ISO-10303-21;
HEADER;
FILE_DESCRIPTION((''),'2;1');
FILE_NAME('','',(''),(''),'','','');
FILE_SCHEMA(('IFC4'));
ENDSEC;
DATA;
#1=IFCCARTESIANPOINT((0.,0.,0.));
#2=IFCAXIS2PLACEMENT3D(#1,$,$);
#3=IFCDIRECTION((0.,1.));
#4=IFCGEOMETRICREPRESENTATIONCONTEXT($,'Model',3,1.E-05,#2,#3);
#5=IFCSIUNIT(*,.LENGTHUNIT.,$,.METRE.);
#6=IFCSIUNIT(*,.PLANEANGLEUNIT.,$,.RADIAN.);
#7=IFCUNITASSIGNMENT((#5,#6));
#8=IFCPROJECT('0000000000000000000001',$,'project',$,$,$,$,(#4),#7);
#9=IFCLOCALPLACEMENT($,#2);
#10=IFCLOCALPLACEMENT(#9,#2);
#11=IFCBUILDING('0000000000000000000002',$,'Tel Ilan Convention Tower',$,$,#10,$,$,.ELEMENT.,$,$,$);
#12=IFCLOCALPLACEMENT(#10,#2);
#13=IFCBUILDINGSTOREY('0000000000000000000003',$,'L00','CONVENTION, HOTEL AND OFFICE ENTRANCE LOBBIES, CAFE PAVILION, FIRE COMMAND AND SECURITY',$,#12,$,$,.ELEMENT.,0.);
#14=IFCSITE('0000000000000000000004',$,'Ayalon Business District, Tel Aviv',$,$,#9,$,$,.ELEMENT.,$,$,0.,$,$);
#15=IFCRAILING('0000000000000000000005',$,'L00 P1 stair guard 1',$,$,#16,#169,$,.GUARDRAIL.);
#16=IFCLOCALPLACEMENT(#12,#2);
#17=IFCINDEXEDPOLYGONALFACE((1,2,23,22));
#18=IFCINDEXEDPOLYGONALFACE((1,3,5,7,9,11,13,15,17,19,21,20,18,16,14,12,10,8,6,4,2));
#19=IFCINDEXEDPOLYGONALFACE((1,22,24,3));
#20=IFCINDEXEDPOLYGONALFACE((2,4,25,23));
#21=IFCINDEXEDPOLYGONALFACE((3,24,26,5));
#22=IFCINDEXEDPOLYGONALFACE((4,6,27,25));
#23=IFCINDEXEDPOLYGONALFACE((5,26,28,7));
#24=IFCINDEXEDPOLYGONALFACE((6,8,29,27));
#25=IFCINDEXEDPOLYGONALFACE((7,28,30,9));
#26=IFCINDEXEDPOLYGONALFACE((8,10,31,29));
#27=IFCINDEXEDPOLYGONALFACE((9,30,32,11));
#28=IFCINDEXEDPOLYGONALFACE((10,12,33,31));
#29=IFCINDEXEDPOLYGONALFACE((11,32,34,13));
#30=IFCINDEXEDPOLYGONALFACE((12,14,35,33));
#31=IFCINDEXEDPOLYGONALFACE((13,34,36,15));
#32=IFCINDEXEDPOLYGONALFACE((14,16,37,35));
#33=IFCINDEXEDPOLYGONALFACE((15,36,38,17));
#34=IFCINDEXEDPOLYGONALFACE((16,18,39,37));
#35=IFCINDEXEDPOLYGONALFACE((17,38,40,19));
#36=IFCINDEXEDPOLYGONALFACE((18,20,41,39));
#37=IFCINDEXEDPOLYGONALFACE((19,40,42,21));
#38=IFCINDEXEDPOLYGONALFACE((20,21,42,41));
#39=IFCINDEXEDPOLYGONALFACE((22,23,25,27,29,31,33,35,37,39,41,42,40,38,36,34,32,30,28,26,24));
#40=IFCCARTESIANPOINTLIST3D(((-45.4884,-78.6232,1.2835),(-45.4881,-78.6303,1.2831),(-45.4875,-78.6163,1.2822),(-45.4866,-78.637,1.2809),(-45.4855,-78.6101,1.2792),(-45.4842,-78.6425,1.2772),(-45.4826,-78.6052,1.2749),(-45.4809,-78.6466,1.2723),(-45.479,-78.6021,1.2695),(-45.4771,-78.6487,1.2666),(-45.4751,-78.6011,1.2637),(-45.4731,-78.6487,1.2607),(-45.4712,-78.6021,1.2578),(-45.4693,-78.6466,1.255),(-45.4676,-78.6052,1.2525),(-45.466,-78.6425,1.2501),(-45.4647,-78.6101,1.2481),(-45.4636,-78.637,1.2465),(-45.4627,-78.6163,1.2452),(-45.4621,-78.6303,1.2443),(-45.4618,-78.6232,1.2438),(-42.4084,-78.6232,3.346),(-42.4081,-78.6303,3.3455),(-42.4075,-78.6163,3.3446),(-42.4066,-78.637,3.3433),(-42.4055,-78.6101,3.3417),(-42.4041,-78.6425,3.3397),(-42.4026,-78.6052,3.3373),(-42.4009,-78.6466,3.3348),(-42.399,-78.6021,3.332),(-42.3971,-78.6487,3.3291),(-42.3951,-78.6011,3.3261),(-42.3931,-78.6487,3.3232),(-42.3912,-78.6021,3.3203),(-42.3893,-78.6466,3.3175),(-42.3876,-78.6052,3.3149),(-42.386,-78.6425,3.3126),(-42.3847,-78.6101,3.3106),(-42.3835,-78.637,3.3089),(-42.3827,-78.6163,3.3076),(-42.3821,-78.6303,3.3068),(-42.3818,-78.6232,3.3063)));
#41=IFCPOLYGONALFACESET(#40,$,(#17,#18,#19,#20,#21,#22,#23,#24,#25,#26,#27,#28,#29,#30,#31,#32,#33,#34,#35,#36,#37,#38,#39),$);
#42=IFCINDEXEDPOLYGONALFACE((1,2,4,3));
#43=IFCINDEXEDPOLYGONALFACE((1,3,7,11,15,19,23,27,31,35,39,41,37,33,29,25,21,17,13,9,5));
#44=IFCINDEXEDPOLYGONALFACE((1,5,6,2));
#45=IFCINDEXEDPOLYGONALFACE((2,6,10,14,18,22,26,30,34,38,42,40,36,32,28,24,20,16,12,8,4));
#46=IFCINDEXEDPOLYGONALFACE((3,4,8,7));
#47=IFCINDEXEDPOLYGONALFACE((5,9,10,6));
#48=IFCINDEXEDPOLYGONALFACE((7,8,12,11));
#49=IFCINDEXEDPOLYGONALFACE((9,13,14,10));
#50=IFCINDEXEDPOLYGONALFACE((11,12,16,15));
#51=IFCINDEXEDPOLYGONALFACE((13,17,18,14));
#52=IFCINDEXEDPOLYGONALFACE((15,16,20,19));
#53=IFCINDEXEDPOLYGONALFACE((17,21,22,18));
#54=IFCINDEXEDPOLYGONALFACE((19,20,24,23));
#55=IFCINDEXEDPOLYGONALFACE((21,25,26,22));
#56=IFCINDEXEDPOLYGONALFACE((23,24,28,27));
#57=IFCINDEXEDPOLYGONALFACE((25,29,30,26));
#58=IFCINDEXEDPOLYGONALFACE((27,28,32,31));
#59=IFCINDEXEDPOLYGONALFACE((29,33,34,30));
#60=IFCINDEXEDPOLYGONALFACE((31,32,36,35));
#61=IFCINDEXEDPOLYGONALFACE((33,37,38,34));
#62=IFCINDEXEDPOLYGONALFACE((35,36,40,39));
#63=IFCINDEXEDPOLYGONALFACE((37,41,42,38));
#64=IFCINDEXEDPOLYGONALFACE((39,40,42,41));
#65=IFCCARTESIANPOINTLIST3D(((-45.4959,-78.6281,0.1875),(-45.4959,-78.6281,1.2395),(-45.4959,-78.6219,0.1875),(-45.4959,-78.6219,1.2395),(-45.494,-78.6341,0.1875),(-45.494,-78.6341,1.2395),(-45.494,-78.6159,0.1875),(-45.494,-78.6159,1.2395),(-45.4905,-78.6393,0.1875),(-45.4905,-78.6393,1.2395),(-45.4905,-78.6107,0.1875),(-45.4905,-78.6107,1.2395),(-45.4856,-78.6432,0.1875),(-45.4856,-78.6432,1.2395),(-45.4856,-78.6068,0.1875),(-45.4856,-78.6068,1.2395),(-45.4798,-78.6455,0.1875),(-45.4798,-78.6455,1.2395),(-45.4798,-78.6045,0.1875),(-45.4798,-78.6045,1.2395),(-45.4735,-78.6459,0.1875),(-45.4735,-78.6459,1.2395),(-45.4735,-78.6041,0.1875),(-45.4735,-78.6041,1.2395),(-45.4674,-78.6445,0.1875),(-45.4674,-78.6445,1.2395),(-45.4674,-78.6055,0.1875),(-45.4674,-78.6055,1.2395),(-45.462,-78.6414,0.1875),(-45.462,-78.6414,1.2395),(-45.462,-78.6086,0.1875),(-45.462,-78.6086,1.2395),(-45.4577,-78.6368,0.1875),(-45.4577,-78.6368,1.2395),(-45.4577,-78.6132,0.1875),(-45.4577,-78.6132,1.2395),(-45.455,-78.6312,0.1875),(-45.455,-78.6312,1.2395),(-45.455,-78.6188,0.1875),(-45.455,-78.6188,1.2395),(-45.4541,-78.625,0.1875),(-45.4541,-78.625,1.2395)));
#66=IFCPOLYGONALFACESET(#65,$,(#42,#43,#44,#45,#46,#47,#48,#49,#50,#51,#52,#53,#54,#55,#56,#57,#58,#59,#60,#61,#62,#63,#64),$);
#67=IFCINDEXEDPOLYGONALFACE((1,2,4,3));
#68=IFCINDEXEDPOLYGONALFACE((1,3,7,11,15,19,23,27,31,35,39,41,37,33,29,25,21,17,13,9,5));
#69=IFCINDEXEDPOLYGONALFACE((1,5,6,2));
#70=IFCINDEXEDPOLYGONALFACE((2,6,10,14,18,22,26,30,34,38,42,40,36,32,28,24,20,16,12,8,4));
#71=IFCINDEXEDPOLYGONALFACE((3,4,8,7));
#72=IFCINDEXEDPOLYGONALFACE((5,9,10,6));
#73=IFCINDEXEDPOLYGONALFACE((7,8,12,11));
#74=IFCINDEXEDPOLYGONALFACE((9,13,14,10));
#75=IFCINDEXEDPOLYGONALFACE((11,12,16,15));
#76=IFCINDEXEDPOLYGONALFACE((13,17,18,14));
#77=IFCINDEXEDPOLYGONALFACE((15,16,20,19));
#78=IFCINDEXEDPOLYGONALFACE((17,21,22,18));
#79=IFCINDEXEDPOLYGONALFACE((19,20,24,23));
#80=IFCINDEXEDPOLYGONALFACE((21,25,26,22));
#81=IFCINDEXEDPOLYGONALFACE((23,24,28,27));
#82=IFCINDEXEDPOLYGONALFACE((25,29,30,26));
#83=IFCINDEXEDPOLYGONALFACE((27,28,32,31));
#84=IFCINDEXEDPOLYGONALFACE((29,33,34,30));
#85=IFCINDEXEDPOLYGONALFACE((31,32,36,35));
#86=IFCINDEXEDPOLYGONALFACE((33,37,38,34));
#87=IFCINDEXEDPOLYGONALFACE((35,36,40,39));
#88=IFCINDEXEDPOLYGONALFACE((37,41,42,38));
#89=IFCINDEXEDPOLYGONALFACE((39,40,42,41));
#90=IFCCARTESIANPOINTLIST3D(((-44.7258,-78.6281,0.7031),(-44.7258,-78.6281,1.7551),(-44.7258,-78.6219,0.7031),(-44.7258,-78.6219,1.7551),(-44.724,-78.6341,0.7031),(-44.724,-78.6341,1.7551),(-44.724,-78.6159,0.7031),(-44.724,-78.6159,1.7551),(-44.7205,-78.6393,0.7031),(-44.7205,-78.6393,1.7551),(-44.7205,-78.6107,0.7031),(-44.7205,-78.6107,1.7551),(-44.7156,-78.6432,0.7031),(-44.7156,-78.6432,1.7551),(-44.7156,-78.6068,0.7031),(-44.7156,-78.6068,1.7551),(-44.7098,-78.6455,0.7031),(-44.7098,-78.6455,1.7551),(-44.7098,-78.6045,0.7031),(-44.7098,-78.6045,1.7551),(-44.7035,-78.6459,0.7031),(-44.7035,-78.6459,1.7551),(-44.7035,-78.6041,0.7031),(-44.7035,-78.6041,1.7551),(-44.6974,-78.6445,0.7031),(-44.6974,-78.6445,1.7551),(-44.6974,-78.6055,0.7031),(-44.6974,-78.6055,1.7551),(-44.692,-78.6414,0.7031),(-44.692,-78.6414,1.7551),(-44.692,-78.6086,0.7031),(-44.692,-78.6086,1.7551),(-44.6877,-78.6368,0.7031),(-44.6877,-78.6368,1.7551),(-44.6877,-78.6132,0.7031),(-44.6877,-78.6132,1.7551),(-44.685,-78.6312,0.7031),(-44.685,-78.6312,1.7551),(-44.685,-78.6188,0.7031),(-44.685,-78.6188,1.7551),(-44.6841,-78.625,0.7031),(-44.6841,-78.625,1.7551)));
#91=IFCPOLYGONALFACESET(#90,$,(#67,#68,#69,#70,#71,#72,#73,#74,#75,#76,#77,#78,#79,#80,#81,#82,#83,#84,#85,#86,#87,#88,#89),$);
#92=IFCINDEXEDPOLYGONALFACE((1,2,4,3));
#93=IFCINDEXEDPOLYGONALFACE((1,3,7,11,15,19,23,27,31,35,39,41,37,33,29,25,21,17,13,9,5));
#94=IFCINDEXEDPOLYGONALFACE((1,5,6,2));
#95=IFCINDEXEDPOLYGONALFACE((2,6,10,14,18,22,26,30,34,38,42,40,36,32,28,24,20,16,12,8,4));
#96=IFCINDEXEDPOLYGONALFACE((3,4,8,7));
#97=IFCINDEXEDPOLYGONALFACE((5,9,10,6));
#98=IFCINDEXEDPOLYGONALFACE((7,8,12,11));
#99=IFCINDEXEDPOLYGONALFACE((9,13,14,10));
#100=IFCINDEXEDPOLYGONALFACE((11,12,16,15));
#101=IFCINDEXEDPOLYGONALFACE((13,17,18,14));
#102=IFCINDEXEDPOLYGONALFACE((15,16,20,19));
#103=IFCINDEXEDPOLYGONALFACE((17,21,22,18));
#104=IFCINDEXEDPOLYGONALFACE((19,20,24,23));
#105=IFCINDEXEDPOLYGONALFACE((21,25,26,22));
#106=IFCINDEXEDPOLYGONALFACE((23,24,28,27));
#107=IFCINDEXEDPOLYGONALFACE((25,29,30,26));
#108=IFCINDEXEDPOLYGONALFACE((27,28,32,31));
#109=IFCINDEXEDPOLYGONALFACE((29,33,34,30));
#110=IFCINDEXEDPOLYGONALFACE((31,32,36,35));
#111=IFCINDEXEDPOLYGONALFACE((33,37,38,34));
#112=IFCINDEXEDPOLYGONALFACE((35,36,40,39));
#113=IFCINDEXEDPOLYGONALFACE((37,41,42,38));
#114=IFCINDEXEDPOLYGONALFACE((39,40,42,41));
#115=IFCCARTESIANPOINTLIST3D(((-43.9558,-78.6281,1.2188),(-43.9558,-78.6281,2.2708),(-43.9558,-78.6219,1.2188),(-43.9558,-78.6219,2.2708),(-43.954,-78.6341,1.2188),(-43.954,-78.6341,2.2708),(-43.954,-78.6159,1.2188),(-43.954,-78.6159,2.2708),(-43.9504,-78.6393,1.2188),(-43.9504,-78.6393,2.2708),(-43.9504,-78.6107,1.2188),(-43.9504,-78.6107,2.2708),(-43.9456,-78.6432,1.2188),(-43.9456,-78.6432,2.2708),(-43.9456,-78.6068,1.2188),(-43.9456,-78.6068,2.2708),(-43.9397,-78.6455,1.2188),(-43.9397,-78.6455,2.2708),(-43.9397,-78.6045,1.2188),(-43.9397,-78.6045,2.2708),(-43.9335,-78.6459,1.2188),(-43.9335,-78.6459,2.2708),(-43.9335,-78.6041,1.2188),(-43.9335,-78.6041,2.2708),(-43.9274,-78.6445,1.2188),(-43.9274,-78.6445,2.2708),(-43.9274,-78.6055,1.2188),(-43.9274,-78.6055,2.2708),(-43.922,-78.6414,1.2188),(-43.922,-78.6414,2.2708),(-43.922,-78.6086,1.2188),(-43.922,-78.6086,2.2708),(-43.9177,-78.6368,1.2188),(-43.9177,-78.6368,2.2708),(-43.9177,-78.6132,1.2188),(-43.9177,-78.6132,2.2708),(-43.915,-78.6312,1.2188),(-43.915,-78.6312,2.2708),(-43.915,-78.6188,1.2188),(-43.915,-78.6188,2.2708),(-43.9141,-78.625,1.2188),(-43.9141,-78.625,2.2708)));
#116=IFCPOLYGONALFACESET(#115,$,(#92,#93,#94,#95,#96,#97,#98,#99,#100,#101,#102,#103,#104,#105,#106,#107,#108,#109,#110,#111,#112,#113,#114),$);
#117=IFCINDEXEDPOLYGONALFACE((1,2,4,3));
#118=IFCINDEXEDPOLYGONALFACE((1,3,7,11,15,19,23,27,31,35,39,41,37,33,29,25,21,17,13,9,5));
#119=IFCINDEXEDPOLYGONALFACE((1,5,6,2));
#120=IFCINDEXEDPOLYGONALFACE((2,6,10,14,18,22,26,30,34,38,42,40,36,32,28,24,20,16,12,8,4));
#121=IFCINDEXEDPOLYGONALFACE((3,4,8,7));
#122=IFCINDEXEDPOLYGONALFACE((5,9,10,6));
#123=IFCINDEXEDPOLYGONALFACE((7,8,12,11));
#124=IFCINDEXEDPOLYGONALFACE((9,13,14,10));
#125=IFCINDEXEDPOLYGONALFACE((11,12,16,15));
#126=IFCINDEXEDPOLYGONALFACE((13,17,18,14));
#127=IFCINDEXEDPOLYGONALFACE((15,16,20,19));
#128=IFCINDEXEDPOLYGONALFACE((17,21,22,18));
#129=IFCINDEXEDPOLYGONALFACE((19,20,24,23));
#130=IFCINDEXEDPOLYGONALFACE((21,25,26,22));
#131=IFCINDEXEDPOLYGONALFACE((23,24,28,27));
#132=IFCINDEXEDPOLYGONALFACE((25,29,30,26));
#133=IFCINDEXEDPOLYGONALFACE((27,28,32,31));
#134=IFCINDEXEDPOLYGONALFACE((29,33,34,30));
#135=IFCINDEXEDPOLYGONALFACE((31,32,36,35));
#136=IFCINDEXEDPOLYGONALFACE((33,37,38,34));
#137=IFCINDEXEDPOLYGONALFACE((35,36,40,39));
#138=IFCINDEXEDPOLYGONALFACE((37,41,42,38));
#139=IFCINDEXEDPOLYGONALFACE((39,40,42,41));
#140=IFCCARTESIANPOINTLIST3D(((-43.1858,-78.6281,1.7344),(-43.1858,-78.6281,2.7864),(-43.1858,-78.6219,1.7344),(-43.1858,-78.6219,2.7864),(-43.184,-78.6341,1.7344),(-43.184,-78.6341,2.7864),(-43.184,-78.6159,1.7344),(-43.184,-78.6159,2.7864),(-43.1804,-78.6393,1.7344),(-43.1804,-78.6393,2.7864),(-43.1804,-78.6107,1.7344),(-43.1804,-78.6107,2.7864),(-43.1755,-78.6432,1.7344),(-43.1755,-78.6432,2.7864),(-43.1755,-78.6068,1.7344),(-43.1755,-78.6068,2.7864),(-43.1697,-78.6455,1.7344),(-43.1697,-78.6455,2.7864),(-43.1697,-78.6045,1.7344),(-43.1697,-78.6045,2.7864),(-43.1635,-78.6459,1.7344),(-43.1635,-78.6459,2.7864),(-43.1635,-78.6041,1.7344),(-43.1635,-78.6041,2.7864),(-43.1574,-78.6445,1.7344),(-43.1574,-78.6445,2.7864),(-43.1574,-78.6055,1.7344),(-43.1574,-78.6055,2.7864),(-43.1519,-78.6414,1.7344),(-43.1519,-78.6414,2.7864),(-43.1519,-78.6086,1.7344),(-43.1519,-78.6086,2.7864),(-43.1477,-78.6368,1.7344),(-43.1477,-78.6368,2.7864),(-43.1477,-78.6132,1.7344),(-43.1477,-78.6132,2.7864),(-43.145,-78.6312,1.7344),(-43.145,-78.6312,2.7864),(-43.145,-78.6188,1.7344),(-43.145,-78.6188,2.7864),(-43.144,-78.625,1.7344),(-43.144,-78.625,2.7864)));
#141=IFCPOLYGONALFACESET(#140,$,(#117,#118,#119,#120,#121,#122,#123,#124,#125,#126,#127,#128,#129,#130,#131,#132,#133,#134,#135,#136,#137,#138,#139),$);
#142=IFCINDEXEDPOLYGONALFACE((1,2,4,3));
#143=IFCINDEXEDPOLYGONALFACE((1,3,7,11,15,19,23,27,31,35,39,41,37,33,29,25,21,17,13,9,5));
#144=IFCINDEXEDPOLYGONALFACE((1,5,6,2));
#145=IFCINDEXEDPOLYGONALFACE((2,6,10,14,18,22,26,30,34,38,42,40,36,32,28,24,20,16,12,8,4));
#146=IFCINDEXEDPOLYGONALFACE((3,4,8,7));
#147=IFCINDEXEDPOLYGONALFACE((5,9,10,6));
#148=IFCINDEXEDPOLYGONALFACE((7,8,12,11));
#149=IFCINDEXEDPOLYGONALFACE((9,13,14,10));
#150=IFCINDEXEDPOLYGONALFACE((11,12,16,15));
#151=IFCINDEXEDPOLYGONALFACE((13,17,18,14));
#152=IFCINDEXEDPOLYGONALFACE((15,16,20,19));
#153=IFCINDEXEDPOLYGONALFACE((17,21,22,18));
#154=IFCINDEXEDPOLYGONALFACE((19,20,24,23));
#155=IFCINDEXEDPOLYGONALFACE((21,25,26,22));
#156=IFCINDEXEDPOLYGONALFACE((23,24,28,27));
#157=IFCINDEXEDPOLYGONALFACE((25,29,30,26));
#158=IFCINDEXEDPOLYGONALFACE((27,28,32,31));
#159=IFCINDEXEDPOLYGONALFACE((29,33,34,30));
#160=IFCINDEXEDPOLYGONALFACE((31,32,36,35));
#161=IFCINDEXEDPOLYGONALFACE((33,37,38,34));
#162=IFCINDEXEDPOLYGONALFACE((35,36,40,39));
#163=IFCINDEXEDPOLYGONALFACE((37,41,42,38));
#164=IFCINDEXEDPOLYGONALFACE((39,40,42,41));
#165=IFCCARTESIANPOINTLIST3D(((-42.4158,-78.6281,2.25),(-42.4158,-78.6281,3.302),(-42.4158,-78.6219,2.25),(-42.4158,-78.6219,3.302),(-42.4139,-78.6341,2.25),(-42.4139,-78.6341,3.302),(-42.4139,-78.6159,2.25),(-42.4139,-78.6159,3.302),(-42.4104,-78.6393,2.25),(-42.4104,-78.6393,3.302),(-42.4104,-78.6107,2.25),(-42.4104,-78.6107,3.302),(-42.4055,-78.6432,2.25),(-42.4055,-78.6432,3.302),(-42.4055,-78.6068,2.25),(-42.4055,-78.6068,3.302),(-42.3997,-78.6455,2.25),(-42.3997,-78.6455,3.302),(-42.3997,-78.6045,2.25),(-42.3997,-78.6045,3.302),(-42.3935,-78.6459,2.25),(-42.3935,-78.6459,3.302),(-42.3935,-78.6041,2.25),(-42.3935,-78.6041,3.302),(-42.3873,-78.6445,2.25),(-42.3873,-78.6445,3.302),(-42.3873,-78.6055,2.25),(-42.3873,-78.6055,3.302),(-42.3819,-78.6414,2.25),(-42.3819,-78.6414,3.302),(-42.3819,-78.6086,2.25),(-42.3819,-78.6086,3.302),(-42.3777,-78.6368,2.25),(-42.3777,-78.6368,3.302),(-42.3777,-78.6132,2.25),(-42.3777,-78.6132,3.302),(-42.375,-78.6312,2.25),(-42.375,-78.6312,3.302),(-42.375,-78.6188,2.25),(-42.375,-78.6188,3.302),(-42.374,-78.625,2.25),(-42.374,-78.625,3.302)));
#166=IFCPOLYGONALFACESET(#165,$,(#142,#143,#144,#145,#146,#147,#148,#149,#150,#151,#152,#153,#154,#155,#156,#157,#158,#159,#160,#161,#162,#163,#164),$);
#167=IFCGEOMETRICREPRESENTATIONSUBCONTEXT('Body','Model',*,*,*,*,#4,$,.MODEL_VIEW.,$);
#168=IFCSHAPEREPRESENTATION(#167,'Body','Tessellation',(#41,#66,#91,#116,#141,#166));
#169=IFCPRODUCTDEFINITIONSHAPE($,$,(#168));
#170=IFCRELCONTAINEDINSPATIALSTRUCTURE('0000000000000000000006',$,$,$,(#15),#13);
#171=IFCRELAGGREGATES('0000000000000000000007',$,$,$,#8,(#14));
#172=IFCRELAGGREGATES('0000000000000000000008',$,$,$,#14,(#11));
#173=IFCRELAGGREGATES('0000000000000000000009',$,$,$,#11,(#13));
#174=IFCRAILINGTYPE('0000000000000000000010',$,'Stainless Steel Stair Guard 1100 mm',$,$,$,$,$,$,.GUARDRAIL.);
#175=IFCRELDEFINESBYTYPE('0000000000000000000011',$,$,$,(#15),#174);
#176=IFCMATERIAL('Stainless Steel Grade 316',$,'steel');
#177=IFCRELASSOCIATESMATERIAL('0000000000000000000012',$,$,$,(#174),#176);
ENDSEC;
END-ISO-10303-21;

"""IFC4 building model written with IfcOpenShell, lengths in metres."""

from ifc_helpers import new_model, si_unit, direction, frame, origin, origin_2d, place, context, subcontext, project, spatial, circle, extrude, material, type_object, element, save


model = new_model("IFC4")

# Units and contexts
model_context = context("Model", 3, precision=1e-05, world=origin(), true_north=direction((0.0, 1.0)))
body_context = subcontext(model_context, "Body", "Model", "MODEL_VIEW")
ifc_project = project(units=[si_unit("LENGTHUNIT", "METRE"), si_unit("PLANEANGLEUNIT", "RADIAN")], contexts=[model_context])

# Site, building, storey
site_placement = place(None, origin())
site = spatial("IfcSite", under=ifc_project, at=site_placement, Name="Ayalon Business District, Tel Aviv", CompositionType="ELEMENT", RefElevation=0.0)
building_placement = place(site_placement, origin())
building = spatial("IfcBuilding", under=site, at=building_placement, Name="Tel Ilan Convention Tower", CompositionType="ELEMENT")
storey_placement = place(building_placement, origin())
storey = spatial("IfcBuildingStorey", under=building, at=storey_placement, Name="L00", Description="CONVENTION, HOTEL AND OFFICE ENTRANCE LOBBIES, CAFE PAVILION, FIRE COMMAND AND SECURITY", CompositionType="ELEMENT", Elevation=0.0)

# Railing
ifc_material_1 = material(Name="Stainless Steel Grade 316", Category="steel")
railing_type_1 = type_object("IfcRailingType", Name="Stainless Steel Stair Guard 1100 mm", PredefinedType="GUARDRAIL", material=ifc_material_1)
railing_1_placement = place(storey_placement, frame((-45.4751, -78.625, 0.1875)))
element("IfcRailing", 1, at=railing_1_placement, inside=storey, type_object=railing_type_1, Name="L00 P1 stair guard 1", PredefinedType="GUARDRAIL", context=body_context, shape_type="SweptSolid", body=[
    extrude(circle(Radius=0.0239, at=origin_2d()), frame((0.0, 0.0, 1.0762), z_axis=(0.830914, 0.0, 0.556401), x_axis=(0.0, 1.0, 0.0)), (0.0, 0.0, 1.0), 3.7068),
    extrude(circle(Radius=0.021, at=origin_2d()), origin(), (0.0, 0.0, 1.0), 1.052),
    extrude(circle(Radius=0.021, at=origin_2d()), frame((0.77, 0.0, 0.5156)), (0.0, 0.0, 1.0), 1.052),
    extrude(circle(Radius=0.021, at=origin_2d()), frame((1.54, 0.0, 1.0312)), (0.0, 0.0, 1.0), 1.052),
    extrude(circle(Radius=0.021, at=origin_2d()), frame((2.3101, 0.0, 1.5469)), (0.0, 0.0, 1.0), 1.052),
    extrude(circle(Radius=0.021, at=origin_2d()), frame((3.0801, 0.0, 2.0625)), (0.0, 0.0, 1.0), 1.052),
])

save(model, "model.ifc")
